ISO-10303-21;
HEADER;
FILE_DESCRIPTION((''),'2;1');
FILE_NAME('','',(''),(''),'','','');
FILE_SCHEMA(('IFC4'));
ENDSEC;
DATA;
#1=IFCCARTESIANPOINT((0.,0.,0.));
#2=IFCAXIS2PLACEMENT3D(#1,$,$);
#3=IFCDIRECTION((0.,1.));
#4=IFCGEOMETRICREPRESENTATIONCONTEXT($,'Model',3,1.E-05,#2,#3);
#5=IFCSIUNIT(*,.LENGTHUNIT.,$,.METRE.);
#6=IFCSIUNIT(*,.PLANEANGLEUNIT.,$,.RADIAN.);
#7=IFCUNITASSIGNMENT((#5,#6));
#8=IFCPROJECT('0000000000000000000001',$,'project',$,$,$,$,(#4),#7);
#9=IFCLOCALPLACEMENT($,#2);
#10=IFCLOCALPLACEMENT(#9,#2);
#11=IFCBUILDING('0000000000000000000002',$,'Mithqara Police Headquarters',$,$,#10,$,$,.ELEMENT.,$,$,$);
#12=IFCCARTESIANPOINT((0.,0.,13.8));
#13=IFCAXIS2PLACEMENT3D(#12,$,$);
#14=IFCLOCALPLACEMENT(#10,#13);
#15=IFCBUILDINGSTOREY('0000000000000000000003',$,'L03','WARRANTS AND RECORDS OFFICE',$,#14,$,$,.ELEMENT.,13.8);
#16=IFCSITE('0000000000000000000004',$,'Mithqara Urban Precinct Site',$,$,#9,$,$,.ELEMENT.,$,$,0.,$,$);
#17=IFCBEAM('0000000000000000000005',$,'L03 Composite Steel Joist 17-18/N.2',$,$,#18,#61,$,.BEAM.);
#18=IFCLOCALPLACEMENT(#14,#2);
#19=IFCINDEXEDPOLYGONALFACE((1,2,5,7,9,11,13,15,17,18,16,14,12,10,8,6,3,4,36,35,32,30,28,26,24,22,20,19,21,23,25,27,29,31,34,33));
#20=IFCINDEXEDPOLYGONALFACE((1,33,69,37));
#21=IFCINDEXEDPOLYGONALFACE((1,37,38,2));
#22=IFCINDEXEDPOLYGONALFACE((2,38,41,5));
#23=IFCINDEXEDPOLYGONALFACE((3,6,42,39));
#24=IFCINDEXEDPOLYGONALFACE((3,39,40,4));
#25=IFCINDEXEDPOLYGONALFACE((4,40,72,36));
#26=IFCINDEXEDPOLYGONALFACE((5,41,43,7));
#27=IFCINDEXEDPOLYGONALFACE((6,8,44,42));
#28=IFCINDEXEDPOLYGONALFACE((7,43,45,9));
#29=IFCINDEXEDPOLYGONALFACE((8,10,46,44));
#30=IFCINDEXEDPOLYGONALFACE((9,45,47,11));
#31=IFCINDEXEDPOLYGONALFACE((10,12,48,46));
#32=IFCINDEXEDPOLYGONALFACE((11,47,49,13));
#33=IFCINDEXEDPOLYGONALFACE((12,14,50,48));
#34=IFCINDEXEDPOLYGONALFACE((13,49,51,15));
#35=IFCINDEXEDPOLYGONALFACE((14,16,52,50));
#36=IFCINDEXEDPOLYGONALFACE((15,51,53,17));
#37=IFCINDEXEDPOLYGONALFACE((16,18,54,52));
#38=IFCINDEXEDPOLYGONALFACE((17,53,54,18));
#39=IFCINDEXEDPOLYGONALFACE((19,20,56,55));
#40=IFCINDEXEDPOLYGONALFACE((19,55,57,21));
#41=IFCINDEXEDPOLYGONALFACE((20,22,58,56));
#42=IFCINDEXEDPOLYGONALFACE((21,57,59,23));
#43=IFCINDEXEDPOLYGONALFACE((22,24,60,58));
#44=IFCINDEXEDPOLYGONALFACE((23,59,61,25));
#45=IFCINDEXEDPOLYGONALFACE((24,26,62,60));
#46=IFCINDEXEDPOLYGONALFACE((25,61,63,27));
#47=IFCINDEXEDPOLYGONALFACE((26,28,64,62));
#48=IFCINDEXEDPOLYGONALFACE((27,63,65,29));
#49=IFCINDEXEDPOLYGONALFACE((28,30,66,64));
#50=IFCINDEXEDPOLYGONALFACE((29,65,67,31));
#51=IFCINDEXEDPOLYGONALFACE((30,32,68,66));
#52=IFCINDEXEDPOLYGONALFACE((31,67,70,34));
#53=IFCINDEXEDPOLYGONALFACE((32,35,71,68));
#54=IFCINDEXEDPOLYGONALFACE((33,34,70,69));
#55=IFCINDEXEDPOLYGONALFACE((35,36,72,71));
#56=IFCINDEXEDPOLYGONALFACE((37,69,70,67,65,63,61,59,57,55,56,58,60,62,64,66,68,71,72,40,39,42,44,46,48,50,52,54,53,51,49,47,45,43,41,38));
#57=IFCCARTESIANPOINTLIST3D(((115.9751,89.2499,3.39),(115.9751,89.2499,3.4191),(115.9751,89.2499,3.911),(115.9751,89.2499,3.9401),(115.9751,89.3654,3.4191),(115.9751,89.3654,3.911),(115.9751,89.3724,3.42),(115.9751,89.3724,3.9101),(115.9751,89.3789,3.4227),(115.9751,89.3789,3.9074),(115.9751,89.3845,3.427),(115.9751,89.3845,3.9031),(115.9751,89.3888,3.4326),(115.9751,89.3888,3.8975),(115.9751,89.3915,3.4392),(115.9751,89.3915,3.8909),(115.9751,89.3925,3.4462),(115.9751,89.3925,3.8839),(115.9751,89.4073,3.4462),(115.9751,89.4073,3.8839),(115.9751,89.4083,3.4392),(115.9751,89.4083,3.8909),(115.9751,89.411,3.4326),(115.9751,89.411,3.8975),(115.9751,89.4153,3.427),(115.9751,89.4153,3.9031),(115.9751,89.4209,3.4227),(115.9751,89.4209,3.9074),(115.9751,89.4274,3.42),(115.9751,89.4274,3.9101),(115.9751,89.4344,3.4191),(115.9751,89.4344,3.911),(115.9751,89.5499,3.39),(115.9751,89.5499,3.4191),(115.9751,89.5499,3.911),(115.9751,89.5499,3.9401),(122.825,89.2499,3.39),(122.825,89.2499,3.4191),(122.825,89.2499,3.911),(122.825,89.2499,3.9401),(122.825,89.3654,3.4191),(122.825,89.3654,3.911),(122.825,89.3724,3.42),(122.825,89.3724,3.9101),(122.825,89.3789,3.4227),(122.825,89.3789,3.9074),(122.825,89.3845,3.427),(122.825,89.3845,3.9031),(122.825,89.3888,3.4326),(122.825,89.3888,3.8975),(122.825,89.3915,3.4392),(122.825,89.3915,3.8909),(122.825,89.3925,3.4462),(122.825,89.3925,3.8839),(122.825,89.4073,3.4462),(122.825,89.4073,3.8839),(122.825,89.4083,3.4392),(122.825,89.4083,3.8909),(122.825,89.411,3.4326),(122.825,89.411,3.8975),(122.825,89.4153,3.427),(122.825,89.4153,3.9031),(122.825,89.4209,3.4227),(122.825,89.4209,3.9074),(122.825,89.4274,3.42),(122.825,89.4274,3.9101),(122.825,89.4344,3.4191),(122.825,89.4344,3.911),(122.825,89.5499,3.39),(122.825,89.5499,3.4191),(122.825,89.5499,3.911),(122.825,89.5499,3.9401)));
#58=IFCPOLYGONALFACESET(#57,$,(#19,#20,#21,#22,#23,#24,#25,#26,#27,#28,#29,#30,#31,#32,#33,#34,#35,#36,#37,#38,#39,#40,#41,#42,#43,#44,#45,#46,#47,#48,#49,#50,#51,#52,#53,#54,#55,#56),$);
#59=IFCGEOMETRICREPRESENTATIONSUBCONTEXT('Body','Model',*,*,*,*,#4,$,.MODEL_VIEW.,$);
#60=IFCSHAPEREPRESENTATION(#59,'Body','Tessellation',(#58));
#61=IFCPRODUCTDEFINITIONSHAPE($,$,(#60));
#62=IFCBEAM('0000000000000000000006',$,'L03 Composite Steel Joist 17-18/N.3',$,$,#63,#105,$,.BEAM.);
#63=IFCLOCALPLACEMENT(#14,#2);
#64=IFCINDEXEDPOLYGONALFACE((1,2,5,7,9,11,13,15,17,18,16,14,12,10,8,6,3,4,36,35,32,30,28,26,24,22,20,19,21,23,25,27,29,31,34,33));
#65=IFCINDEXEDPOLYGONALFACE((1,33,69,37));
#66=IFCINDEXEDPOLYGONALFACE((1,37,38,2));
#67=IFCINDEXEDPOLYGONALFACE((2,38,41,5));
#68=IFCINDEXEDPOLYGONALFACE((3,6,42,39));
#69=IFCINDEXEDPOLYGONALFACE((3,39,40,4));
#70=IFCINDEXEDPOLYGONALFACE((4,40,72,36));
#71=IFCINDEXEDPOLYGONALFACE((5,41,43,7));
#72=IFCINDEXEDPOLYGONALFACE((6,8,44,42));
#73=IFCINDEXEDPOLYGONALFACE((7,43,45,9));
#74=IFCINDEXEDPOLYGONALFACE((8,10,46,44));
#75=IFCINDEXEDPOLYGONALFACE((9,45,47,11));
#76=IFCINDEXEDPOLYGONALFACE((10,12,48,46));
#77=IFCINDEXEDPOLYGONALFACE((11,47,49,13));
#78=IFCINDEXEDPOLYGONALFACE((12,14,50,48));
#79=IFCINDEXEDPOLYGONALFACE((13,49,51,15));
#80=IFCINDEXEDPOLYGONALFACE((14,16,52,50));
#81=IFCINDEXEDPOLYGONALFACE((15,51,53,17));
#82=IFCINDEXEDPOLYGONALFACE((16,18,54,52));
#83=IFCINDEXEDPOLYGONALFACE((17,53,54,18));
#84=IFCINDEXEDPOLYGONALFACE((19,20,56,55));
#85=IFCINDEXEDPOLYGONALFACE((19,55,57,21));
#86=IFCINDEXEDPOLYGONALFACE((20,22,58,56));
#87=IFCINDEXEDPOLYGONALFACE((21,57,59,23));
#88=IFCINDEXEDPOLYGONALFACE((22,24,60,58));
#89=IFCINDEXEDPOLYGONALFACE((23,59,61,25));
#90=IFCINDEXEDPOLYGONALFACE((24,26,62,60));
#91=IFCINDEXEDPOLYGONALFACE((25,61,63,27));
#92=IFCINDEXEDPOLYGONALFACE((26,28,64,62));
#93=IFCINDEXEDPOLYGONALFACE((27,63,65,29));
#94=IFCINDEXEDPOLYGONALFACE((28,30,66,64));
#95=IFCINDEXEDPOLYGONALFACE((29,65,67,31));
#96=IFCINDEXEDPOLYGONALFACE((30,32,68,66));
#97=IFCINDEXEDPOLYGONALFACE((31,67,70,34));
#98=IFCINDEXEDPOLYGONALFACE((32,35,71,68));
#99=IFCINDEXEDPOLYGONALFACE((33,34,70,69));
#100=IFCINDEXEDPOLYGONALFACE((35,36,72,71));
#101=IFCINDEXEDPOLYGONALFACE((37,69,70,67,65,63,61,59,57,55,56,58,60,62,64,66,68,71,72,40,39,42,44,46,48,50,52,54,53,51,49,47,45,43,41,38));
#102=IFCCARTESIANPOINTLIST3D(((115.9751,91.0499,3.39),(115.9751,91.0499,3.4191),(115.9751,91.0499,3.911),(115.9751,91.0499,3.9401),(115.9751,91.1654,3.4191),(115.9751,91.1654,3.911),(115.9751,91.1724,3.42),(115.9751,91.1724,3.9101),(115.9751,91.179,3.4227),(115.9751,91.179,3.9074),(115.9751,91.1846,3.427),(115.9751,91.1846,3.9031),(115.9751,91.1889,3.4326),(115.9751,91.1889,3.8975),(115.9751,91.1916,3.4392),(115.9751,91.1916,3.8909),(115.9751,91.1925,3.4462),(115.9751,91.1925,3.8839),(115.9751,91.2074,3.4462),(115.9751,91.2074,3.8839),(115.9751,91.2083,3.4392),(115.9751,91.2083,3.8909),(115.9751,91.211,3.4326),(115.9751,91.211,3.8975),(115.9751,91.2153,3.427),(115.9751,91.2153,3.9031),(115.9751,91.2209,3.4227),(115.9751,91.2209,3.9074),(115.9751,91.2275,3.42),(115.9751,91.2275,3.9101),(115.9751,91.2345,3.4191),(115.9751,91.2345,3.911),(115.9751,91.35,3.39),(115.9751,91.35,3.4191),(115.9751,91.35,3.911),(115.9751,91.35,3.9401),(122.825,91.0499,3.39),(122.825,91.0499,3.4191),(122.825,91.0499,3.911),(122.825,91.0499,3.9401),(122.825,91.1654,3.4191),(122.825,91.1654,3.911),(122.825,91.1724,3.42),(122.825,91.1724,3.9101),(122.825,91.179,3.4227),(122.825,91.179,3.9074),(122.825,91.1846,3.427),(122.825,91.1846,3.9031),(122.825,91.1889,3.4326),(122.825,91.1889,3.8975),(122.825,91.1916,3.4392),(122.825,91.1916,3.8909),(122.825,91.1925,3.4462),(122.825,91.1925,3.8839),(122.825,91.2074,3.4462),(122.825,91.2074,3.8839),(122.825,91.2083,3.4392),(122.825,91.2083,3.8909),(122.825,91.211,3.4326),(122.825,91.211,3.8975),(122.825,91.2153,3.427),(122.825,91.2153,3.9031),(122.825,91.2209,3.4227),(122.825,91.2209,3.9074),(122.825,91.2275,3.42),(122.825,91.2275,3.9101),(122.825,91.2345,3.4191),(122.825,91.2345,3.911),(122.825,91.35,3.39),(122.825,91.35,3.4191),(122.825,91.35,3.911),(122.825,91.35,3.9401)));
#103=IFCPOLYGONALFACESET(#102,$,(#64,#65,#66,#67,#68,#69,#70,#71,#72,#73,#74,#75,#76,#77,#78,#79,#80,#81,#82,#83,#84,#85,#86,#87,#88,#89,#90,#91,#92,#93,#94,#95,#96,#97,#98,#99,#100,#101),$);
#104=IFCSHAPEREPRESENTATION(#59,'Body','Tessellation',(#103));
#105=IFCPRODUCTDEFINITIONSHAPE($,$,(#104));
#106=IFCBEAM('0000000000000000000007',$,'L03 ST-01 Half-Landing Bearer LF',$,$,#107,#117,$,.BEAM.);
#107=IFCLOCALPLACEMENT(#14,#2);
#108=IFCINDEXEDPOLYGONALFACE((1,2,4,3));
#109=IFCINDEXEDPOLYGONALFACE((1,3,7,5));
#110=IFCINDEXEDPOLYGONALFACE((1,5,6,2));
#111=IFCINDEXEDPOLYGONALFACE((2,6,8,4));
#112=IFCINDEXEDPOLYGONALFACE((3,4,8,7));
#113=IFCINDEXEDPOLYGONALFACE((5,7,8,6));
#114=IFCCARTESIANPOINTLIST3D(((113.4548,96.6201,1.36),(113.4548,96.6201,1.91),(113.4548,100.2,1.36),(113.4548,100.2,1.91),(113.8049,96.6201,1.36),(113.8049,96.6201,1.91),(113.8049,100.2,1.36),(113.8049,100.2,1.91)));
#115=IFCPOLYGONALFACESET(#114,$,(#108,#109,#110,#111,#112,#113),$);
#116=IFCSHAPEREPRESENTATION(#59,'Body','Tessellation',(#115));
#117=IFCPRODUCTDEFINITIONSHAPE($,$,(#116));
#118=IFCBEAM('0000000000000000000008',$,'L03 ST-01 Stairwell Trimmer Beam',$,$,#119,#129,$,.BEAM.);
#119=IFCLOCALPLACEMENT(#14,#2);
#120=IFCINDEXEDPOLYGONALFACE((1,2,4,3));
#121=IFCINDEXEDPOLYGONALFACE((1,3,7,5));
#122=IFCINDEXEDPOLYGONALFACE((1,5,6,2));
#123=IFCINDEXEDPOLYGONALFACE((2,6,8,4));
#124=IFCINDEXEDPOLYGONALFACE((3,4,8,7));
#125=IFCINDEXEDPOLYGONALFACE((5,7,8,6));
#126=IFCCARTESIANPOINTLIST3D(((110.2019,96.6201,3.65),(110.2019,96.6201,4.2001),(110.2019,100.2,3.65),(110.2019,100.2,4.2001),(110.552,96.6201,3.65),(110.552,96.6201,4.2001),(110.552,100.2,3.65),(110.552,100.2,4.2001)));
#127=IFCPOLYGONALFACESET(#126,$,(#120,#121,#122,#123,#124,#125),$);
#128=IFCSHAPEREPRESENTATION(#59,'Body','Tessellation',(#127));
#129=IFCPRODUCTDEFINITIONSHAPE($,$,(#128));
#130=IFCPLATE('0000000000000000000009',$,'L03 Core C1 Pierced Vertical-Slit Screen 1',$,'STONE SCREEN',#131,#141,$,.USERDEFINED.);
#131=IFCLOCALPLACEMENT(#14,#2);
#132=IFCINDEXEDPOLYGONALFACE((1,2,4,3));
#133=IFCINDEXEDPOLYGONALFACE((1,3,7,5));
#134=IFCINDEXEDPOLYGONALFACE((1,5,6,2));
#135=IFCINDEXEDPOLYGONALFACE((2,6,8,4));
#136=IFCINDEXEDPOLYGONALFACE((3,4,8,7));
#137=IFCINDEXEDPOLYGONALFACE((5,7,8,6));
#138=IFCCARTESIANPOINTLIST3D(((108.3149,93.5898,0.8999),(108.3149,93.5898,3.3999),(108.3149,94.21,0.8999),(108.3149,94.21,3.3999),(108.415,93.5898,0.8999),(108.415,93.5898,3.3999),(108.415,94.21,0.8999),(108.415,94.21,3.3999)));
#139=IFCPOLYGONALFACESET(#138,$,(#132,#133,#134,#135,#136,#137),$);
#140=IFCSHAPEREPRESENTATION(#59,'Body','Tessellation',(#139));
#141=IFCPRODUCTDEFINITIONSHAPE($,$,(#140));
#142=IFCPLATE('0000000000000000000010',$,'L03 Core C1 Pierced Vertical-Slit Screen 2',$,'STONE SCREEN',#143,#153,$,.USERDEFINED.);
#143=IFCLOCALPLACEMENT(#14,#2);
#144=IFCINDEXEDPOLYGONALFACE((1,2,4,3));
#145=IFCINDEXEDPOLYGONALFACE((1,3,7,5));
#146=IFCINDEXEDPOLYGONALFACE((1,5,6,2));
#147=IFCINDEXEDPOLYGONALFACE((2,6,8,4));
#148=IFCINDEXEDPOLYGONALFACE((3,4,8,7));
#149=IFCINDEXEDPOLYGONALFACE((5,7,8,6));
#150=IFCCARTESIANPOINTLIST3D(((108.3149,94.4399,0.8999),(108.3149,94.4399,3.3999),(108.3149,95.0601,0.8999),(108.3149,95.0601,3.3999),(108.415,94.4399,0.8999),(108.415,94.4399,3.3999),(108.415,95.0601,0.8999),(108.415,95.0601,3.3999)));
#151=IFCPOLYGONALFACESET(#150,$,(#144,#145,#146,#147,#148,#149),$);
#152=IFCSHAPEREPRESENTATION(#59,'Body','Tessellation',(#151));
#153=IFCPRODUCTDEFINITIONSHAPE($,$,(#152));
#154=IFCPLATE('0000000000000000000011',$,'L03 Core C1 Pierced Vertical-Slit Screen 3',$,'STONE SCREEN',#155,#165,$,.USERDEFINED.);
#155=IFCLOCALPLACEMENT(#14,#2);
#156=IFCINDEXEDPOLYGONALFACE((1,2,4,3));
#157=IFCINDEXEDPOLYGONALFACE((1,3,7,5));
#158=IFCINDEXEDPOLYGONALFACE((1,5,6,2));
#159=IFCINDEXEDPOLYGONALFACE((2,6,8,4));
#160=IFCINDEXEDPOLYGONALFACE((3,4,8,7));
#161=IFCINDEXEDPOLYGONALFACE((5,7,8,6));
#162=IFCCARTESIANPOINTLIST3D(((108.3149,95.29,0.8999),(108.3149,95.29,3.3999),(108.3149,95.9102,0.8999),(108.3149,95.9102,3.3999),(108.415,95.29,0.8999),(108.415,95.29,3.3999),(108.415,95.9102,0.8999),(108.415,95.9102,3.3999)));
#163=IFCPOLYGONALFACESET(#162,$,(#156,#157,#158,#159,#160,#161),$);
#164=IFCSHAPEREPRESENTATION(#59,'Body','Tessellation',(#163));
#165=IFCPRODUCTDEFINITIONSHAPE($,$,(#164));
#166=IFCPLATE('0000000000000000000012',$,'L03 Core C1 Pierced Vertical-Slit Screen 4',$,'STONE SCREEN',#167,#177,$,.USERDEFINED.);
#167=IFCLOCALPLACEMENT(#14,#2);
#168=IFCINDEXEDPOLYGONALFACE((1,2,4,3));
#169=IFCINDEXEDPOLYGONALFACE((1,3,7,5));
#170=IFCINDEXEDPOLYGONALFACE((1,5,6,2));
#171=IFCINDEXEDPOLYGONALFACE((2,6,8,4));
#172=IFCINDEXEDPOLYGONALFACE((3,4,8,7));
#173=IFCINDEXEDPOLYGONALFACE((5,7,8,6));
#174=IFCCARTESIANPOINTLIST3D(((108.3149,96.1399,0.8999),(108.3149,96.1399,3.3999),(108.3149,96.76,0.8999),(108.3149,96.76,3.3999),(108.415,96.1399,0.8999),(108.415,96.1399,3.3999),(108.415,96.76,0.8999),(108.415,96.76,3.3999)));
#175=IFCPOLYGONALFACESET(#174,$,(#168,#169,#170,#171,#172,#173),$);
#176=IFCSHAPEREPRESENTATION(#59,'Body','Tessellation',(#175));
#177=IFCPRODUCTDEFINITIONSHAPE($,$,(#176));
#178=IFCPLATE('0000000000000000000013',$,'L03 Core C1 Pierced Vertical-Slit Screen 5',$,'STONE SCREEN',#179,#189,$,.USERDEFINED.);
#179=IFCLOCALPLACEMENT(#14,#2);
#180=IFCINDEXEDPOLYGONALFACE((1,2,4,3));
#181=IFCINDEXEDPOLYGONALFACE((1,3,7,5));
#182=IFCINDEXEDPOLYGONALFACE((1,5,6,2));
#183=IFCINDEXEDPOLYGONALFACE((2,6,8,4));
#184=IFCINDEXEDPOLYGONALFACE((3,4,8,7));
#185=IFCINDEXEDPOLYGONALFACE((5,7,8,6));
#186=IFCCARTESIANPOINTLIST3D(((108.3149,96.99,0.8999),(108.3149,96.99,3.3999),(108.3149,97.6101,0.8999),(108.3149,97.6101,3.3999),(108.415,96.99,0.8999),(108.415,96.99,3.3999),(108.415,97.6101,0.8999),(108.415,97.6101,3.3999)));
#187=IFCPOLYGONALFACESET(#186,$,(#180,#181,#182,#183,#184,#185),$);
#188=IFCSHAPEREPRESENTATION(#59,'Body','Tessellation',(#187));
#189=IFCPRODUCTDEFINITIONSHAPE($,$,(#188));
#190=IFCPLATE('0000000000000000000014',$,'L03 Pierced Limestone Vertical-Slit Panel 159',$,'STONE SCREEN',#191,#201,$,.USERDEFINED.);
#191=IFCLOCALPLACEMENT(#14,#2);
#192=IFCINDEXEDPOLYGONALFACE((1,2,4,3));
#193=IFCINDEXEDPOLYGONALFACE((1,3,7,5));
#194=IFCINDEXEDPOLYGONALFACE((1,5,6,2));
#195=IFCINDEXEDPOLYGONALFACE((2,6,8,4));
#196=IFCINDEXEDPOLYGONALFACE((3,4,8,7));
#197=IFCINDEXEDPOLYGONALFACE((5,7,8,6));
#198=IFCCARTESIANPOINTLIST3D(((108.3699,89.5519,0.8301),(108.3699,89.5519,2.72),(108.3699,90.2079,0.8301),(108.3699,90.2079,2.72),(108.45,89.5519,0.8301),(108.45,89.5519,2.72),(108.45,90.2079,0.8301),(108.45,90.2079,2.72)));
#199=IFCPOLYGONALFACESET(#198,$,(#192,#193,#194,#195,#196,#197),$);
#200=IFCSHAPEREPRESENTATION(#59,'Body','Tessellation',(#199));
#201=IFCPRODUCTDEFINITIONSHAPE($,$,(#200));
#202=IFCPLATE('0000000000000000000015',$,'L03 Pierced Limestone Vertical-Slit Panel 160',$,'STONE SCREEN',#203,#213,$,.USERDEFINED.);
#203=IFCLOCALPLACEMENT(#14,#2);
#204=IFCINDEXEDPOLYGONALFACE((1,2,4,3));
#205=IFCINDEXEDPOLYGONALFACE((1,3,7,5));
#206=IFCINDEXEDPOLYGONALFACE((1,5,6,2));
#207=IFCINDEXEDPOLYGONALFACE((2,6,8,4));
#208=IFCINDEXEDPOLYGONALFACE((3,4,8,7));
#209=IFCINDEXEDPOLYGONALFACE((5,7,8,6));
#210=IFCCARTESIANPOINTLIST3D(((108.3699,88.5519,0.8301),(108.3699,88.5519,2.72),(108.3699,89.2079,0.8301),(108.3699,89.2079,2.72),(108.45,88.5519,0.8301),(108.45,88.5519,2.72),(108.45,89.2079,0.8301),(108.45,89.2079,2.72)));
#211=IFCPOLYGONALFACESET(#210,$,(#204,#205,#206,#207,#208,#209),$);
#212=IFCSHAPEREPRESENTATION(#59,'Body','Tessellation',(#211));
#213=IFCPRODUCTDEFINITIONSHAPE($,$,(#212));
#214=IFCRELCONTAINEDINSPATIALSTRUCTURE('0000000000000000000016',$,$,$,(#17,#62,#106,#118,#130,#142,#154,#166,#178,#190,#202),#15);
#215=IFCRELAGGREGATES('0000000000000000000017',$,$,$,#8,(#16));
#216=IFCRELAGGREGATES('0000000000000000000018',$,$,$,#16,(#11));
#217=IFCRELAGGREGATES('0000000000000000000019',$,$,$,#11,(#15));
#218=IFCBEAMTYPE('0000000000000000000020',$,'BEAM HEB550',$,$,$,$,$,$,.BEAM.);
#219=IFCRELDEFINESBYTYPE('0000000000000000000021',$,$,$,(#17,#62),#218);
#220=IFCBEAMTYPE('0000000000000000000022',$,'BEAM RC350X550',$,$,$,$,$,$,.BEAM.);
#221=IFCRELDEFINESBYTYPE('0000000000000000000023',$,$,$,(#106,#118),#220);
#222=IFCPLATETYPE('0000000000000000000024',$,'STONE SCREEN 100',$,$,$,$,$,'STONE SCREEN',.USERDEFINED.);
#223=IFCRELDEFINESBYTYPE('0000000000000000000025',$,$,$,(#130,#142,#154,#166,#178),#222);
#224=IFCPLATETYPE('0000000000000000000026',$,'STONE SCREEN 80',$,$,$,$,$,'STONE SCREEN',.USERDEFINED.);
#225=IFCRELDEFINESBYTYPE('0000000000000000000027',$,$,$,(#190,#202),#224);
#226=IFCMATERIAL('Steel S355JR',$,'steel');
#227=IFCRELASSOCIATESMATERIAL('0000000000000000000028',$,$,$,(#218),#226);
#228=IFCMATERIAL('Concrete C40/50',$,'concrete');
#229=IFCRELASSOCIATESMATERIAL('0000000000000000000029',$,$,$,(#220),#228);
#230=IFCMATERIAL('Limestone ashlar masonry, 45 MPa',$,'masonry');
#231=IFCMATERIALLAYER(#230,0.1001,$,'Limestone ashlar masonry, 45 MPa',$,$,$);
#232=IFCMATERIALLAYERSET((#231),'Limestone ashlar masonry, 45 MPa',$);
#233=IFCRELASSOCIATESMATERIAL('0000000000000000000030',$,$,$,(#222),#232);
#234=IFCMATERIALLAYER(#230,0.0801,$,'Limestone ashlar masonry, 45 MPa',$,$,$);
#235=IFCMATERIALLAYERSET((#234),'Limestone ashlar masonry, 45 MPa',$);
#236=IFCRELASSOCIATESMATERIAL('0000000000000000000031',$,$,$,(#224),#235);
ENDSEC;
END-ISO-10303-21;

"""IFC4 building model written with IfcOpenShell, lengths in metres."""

from ifc_helpers import new_model, si_unit, direction, frame, origin, origin_2d, place, context, subcontext, project, spatial, rectangle, i_section, extrude, material, layer, layer_set, material_profile, profile_set, type_object, element, save


model = new_model("IFC4")

# Units and contexts
model_context = context("Model", 3, precision=1e-05, world=origin(), true_north=direction((0.0, 1.0)))
body_context = subcontext(model_context, "Body", "Model", "MODEL_VIEW")
ifc_project = project(units=[si_unit("LENGTHUNIT", "METRE"), si_unit("PLANEANGLEUNIT", "RADIAN")], contexts=[model_context])

# Site, building, storey
site_placement = place(None, origin())
site = spatial("IfcSite", under=ifc_project, at=site_placement, Name="Mithqara Urban Precinct Site", CompositionType="ELEMENT", RefElevation=0.0)
building_placement = place(site_placement, origin())
building = spatial("IfcBuilding", under=site, at=building_placement, Name="Mithqara Police Headquarters", CompositionType="ELEMENT")
storey_placement = place(building_placement, frame((0.0, 0.0, 13.8)))
storey = spatial("IfcBuildingStorey", under=building, at=storey_placement, Name="L03", Description="WARRANTS AND RECORDS OFFICE", CompositionType="ELEMENT", Elevation=13.8)

# Beams
ifc_material_1 = material(Name="Steel S355JR", Category="steel")
ifc_material_profile_1 = material_profile(ifc_material_1, i_section(OverallWidth=0.3, OverallDepth=0.55, WebThickness=0.0149, FlangeThickness=0.0291, FilletRadius=0.0271, at=origin_2d()), Name="HEB 550")
ifc_profile_set_1 = profile_set([ifc_material_profile_1], Name="Steel S355JR")
beam_type_1 = type_object("IfcBeamType", Name="BEAM HEB550", PredefinedType="BEAM", material=ifc_profile_set_1)
for number, where, z_axis, x_axis, name in (
    (1, (115.9751, 89.3999, 3.665), (1.0, 0.0, 0.0), (0.0, 1.0, 0.0), "L03 Composite Steel Joist 17-18/N.2"),
    (2, (115.9751, 91.2, 3.665), (1.0, 0.0, 0.0), (0.0, 1.0, 0.0), "L03 Composite Steel Joist 17-18/N.3"),
):
    element("IfcBeam", number, at=place(storey_placement, frame(where, z_axis=z_axis, x_axis=x_axis)), inside=storey, type_object=beam_type_1, Name=name, PredefinedType="BEAM", context=body_context, shape_type="SweptSolid", body=[
        extrude(i_section(OverallWidth=0.3, OverallDepth=0.55, WebThickness=0.0149, FlangeThickness=0.0291, FilletRadius=0.0271, at=origin_2d()), origin(), (0.0, 0.0, 1.0), 6.8499),
    ])
ifc_material_2 = material(Name="Concrete C40/50", Category="concrete")
ifc_material_profile_2 = material_profile(ifc_material_2, rectangle(XDim=0.3501, YDim=0.55, at=origin_2d()), Name="RC 350x550")
ifc_profile_set_2 = profile_set([ifc_material_profile_2], Name="Concrete C40/50")
beam_type_2 = type_object("IfcBeamType", Name="BEAM RC350X550", PredefinedType="BEAM", material=ifc_profile_set_2)
for number, where, z_axis, x_axis, name in (
    (3, (113.6299, 96.6201, 1.635), (0.0, 1.0, 0.0), (-1.0, 0.0, 0.0), "L03 ST-01 Half-Landing Bearer LF"),
    (4, (110.377, 96.6201, 3.925), (0.0, 1.0, 0.0), (-1.0, 0.0, 0.0), "L03 ST-01 Stairwell Trimmer Beam"),
):
    element("IfcBeam", number, at=place(storey_placement, frame(where, z_axis=z_axis, x_axis=x_axis)), inside=storey, type_object=beam_type_2, Name=name, PredefinedType="BEAM", context=body_context, shape_type="SweptSolid", body=[
        extrude(rectangle(XDim=0.3501, YDim=0.55, at=origin_2d()), origin(), (0.0, 0.0, 1.0), 3.5798),
    ])

# Plates
ifc_material_3 = material(Name="Limestone ashlar masonry, 45 MPa", Category="masonry")
ifc_layer_1 = layer(ifc_material_3, 0.1001, Name="Limestone ashlar masonry, 45 MPa")
ifc_layer_set_1 = layer_set([ifc_layer_1], Name="Limestone ashlar masonry, 45 MPa")
plate_type_1 = type_object("IfcPlateType", Name="STONE SCREEN 100", ElementType="STONE SCREEN", PredefinedType="USERDEFINED", material=ifc_layer_set_1)
for number, where, z_axis, x_axis, name in (
    (5, (108.365, 93.8999, 0.8999), (0.0, 0.0, 1.0), (0.0, 1.0, 0.0), "L03 Core C1 Pierced Vertical-Slit Screen 1"),
    (6, (108.365, 94.75, 0.8999), (0.0, 0.0, 1.0), (0.0, 1.0, 0.0), "L03 Core C1 Pierced Vertical-Slit Screen 2"),
    (7, (108.365, 95.6001, 0.8999), (0.0, 0.0, 1.0), (0.0, 1.0, 0.0), "L03 Core C1 Pierced Vertical-Slit Screen 3"),
    (8, (108.365, 96.45, 0.8999), (0.0, 0.0, 1.0), (0.0, 1.0, 0.0), "L03 Core C1 Pierced Vertical-Slit Screen 4"),
    (9, (108.365, 97.3, 0.8999), (0.0, 0.0, 1.0), (0.0, 1.0, 0.0), "L03 Core C1 Pierced Vertical-Slit Screen 5"),
):
    element("IfcPlate", number, at=place(storey_placement, frame(where, z_axis=z_axis, x_axis=x_axis)), inside=storey, type_object=plate_type_1, Name=name, ObjectType="STONE SCREEN", PredefinedType="USERDEFINED", context=body_context, shape_type="SweptSolid", body=[
        extrude(rectangle(XDim=0.6201, YDim=0.1001, at=origin_2d()), origin(), (0.0, 0.0, 1.0), 2.5),
    ])
ifc_layer_2 = layer(ifc_material_3, 0.0801, Name="Limestone ashlar masonry, 45 MPa")
ifc_layer_set_2 = layer_set([ifc_layer_2], Name="Limestone ashlar masonry, 45 MPa")
plate_type_2 = type_object("IfcPlateType", Name="STONE SCREEN 80", ElementType="STONE SCREEN", PredefinedType="USERDEFINED", material=ifc_layer_set_2)
for number, where, z_axis, x_axis, name in (
    (10, (108.4099, 89.8799, 0.8301), (0.0, 0.0, 1.0), (0.0, 1.0, 0.0), "L03 Pierced Limestone Vertical-Slit Panel 159"),
    (11, (108.4099, 88.8799, 0.8301), (0.0, 0.0, 1.0), (0.0, 1.0, 0.0), "L03 Pierced Limestone Vertical-Slit Panel 160"),
):
    element("IfcPlate", number, at=place(storey_placement, frame(where, z_axis=z_axis, x_axis=x_axis)), inside=storey, type_object=plate_type_2, Name=name, ObjectType="STONE SCREEN", PredefinedType="USERDEFINED", context=body_context, shape_type="SweptSolid", body=[
        extrude(rectangle(XDim=0.656, YDim=0.0801, at=origin_2d()), origin(), (0.0, 0.0, 1.0), 1.8899),
    ])

save(model, "model.ifc")
